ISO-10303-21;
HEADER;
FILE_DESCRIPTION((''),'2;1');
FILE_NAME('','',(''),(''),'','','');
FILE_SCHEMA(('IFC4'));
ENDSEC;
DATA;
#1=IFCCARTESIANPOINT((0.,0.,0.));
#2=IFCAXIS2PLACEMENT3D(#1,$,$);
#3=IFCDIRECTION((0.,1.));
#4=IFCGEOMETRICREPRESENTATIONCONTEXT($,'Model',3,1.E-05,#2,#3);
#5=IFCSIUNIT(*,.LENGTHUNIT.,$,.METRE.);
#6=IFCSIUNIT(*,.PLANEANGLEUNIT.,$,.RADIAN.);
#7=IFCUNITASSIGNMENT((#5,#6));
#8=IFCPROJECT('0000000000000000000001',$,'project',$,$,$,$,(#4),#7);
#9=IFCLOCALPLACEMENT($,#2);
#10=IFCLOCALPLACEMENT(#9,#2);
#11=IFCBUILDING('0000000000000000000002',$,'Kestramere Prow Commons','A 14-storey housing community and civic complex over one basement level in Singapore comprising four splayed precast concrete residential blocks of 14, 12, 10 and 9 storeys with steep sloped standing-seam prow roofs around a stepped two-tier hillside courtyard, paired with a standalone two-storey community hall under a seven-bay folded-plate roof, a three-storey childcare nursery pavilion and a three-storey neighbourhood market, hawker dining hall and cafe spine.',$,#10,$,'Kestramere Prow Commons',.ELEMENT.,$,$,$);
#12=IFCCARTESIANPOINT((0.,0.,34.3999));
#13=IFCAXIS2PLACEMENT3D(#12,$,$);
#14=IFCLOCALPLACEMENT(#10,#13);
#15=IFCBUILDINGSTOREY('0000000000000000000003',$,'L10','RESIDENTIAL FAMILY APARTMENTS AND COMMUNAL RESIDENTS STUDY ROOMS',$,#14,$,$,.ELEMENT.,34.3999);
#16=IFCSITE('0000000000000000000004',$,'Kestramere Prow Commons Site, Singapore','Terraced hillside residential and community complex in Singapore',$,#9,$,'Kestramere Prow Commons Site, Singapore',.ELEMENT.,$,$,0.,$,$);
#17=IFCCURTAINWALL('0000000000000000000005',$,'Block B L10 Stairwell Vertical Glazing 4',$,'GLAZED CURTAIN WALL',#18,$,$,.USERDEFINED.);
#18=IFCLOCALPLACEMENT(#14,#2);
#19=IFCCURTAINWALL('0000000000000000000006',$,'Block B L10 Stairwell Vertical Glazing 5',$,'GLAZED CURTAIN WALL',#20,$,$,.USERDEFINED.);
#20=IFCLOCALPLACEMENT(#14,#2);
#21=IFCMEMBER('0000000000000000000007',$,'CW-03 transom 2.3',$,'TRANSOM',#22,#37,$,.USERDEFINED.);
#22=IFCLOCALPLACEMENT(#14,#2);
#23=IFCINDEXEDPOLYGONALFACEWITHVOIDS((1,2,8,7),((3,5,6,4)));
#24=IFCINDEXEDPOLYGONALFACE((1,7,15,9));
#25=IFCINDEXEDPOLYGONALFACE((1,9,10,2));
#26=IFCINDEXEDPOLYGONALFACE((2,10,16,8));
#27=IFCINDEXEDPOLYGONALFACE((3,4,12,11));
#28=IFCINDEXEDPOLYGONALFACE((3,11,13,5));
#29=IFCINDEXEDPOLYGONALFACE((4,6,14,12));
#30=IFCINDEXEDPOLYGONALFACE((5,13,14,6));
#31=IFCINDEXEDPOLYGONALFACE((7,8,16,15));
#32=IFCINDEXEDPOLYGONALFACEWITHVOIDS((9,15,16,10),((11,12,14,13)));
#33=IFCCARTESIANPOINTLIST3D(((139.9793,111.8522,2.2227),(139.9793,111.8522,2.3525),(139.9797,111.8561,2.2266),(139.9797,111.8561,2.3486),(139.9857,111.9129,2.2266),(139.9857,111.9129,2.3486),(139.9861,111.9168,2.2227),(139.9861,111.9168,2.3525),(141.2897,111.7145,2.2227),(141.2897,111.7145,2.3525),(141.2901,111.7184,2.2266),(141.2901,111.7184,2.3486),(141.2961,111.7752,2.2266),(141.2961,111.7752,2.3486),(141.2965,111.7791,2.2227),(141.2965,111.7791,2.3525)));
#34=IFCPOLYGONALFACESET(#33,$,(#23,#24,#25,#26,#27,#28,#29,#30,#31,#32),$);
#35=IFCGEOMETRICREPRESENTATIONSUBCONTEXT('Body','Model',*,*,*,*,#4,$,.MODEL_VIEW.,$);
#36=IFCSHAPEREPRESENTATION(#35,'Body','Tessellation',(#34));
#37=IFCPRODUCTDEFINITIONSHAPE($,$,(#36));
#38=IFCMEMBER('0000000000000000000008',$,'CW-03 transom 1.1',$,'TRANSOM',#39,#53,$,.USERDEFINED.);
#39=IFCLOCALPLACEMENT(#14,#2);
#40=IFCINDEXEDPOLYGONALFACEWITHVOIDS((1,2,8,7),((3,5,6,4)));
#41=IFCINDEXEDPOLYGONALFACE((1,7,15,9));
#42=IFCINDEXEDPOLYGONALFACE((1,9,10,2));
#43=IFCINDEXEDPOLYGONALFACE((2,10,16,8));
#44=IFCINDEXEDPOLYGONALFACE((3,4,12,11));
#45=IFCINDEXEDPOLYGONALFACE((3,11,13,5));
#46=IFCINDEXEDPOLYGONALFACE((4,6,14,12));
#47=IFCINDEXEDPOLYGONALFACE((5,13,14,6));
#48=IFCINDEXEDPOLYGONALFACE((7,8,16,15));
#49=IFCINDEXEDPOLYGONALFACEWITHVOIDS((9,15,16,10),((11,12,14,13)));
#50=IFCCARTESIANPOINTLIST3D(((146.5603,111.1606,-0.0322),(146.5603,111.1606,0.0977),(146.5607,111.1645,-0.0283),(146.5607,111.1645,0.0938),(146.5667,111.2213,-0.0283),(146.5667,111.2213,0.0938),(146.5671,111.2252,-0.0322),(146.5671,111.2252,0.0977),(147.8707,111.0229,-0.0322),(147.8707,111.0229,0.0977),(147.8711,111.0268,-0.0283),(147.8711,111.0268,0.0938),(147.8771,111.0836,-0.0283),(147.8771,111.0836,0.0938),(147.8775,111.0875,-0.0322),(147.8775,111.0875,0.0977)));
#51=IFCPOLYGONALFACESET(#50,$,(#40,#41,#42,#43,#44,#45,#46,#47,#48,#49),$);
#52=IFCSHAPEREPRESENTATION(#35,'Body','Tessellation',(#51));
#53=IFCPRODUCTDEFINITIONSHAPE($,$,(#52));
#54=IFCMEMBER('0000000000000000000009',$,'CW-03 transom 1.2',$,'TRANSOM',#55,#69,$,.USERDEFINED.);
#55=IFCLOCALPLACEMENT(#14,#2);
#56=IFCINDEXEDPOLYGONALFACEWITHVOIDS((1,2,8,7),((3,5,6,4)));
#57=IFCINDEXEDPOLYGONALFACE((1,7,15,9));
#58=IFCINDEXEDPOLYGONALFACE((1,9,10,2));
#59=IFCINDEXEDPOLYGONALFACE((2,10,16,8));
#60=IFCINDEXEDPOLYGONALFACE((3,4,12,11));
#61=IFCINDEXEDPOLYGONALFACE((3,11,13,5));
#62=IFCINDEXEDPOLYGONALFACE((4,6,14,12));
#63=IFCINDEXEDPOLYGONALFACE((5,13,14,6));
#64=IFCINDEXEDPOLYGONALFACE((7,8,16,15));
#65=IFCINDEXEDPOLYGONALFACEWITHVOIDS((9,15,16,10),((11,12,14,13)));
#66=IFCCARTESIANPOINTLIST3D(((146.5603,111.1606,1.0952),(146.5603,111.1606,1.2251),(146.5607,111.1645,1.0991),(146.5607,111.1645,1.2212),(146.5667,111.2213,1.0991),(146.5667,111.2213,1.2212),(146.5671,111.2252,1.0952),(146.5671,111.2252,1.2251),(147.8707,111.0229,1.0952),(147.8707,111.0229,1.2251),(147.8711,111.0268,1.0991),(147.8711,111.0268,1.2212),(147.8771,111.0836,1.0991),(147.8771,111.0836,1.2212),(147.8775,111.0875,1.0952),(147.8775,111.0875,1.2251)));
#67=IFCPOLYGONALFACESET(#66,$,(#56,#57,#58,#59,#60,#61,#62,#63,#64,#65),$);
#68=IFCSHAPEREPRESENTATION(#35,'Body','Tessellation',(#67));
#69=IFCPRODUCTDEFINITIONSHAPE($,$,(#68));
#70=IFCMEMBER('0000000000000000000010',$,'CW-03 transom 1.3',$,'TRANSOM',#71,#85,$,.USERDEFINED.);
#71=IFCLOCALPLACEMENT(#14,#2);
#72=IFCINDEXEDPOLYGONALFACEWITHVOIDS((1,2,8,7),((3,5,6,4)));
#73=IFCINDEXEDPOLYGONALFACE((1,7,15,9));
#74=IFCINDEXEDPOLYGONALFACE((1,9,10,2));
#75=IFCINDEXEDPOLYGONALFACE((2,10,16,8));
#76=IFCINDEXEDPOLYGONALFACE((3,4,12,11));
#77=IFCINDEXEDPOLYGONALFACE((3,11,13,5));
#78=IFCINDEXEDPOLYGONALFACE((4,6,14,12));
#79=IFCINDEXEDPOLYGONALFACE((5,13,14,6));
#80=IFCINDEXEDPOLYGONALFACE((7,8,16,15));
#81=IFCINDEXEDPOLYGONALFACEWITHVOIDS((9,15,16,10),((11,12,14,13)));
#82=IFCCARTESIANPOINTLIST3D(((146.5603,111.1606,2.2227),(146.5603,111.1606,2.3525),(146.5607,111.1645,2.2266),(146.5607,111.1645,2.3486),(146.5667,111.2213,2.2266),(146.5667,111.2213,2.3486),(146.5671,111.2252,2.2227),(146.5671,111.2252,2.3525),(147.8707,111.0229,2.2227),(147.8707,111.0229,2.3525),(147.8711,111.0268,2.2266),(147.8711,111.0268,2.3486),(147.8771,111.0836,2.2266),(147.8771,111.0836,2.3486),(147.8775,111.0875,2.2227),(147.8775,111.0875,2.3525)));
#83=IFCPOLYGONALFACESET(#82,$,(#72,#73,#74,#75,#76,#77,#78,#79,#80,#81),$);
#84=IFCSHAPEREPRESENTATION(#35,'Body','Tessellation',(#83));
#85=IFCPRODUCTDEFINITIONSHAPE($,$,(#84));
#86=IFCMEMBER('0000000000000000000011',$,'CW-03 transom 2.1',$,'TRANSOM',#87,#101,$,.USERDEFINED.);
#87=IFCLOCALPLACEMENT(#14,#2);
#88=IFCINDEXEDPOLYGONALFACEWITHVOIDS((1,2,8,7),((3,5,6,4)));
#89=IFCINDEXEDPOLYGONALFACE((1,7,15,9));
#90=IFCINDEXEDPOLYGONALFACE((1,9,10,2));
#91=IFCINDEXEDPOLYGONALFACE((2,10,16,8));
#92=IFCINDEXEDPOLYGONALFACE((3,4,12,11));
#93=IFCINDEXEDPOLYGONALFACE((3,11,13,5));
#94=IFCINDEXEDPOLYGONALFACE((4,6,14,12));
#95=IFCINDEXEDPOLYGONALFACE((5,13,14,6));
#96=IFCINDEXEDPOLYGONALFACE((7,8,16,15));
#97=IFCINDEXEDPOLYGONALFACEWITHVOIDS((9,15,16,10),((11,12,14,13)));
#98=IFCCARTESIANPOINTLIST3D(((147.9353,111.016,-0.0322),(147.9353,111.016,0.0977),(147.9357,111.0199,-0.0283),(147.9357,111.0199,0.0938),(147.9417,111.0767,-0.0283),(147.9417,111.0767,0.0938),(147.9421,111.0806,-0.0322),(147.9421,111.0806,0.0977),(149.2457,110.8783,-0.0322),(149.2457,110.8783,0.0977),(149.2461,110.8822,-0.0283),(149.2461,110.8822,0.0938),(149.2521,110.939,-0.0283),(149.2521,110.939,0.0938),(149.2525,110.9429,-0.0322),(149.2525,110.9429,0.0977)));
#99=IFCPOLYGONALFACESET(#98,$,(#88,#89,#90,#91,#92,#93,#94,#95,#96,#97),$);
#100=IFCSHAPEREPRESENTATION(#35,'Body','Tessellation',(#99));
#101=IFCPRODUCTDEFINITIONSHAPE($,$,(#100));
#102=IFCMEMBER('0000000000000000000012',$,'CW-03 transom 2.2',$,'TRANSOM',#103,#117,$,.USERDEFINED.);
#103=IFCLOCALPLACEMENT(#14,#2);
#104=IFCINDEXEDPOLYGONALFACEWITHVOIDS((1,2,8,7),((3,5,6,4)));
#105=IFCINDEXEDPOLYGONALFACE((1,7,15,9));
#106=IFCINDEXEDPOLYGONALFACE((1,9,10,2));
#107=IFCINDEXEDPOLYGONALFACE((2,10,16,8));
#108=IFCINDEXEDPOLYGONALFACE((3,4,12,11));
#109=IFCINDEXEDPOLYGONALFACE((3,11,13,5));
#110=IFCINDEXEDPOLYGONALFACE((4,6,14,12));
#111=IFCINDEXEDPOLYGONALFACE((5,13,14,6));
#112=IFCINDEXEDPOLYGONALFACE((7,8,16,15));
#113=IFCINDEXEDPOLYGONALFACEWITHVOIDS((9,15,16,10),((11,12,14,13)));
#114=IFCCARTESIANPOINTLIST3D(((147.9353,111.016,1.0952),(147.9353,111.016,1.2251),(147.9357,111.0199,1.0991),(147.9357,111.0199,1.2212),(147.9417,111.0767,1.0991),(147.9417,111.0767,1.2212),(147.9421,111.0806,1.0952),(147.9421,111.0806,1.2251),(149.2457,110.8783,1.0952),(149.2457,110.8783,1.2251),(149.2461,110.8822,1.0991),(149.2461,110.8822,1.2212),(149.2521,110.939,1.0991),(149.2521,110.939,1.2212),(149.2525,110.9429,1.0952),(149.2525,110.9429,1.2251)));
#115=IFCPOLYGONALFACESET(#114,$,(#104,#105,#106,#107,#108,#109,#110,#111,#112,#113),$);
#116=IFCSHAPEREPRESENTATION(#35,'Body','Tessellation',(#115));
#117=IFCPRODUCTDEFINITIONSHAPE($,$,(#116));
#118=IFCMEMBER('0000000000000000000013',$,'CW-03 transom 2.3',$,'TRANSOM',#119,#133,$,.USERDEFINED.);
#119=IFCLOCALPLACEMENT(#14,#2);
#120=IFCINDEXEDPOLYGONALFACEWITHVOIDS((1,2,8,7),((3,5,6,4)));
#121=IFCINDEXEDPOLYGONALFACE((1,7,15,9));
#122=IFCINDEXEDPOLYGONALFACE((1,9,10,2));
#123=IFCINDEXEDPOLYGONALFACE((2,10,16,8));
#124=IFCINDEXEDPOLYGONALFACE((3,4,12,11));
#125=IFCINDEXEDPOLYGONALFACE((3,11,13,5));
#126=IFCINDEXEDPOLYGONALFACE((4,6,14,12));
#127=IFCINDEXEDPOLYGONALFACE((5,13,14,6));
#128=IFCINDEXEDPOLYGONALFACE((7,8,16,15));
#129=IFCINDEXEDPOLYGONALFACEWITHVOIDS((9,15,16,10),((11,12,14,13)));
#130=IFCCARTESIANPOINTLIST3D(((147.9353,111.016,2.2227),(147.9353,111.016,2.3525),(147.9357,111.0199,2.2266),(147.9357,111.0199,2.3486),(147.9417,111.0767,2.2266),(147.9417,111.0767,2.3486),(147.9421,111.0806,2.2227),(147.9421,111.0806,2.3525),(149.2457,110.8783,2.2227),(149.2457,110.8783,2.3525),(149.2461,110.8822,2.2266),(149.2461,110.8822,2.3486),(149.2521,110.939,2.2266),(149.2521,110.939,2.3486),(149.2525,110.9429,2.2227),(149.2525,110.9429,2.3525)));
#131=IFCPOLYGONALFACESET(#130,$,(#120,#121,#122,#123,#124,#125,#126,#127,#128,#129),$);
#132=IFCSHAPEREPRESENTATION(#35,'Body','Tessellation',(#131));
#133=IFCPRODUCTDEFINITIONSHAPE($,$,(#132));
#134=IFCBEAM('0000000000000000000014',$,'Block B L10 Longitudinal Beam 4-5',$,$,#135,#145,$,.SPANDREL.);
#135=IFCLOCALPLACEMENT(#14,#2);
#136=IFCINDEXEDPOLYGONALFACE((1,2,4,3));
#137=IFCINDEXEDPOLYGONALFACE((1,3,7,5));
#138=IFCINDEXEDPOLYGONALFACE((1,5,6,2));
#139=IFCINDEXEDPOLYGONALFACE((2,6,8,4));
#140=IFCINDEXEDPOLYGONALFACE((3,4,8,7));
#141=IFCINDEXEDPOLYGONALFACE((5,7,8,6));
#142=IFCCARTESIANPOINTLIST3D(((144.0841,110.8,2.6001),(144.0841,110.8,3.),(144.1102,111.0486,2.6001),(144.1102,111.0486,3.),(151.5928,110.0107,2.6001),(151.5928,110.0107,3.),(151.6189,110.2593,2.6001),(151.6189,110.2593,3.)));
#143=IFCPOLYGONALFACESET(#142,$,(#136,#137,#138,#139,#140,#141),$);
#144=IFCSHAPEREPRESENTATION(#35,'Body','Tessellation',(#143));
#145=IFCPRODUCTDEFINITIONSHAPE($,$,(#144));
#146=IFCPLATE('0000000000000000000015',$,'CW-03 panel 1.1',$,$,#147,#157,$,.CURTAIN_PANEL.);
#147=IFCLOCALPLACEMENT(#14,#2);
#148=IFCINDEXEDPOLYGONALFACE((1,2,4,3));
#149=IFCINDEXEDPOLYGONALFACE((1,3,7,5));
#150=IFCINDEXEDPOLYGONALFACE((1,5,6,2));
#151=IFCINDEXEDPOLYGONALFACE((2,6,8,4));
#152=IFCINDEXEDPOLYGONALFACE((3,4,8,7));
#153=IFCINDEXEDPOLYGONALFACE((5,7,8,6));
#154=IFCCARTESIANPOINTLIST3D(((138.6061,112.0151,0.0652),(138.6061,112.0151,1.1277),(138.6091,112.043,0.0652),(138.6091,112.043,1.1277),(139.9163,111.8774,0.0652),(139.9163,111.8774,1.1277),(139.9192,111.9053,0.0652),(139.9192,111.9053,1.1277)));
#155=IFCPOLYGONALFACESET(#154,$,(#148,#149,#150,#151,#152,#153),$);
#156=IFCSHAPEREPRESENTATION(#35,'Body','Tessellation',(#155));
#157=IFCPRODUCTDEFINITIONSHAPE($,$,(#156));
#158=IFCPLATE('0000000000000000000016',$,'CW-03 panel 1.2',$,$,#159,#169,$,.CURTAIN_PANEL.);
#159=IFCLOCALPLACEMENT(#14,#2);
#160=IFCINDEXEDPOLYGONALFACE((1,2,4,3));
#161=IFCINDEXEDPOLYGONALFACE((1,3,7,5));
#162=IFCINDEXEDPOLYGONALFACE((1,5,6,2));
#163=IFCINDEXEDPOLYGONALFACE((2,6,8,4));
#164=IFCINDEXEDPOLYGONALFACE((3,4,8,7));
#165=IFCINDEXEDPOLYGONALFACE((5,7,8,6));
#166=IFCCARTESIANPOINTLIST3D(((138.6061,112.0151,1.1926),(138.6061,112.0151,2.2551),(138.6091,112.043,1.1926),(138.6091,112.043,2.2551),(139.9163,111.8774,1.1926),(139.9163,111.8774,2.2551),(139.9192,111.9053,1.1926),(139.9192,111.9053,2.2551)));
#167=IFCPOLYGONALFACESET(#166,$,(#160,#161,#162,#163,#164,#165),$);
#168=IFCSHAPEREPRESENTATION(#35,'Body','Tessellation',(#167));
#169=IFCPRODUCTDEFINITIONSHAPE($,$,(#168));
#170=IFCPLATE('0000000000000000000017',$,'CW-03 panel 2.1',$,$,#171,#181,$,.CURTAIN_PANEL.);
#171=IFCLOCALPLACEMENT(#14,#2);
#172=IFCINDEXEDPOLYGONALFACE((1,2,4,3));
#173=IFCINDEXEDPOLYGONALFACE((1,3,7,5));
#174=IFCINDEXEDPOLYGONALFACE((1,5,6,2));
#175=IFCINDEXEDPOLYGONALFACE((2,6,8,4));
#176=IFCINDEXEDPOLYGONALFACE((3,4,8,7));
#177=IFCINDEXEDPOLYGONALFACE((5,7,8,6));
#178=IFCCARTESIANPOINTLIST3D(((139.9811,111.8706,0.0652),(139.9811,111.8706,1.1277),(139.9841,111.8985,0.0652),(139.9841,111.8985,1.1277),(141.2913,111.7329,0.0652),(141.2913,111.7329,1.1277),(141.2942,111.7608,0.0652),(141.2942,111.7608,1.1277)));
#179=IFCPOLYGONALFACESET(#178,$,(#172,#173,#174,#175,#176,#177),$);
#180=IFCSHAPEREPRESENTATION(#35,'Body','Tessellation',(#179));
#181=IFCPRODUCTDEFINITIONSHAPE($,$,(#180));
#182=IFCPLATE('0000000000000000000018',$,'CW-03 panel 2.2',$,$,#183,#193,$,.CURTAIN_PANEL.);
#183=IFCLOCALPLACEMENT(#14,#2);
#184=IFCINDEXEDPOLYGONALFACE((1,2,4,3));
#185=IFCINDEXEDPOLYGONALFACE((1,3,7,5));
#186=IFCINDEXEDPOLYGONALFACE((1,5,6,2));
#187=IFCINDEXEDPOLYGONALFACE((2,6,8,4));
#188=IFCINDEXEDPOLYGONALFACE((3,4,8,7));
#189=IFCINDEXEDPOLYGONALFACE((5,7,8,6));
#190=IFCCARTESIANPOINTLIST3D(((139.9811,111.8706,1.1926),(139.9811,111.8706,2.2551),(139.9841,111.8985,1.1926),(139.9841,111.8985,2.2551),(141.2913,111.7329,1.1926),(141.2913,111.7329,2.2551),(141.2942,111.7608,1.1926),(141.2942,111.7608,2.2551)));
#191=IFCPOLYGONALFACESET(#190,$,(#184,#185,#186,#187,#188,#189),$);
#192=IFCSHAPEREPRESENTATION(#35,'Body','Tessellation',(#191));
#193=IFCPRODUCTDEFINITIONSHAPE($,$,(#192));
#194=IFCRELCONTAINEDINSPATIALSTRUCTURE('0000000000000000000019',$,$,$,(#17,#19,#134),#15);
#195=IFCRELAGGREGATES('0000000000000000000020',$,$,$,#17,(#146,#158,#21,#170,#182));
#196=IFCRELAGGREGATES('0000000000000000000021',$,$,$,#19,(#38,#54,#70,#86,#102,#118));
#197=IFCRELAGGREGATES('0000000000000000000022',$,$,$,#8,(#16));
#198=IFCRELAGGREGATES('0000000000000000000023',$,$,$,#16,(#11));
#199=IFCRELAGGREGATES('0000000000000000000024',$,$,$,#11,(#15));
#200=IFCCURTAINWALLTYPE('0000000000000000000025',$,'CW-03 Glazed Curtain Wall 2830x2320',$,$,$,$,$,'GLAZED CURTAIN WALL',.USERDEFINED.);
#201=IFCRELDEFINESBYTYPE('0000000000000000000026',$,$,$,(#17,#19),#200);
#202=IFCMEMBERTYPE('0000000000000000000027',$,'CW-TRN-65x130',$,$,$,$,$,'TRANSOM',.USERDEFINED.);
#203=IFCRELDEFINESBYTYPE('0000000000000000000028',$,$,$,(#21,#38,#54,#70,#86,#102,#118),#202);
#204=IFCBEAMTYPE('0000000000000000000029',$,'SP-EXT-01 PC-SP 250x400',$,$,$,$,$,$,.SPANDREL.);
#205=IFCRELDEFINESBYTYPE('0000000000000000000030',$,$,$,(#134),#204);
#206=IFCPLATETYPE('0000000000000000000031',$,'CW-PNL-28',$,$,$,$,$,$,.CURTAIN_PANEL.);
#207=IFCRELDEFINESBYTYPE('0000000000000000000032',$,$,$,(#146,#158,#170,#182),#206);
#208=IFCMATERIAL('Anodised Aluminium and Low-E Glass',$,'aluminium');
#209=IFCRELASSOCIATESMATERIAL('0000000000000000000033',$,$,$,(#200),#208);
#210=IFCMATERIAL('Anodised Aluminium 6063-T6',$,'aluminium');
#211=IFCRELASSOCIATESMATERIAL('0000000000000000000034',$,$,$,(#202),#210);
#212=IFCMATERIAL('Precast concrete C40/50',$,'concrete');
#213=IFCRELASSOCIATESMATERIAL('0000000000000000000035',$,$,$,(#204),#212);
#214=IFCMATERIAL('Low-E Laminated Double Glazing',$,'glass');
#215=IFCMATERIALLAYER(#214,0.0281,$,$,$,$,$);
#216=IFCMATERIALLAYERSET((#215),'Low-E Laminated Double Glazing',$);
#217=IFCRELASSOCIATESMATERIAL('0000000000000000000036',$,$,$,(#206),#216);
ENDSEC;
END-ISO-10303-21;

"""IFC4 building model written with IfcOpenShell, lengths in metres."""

from ifc_helpers import new_model, si_unit, direction, frame, origin, origin_2d, place, context, subcontext, project, spatial, rectangle, hollow_rectangle, extrude, material, layer, layer_set, material_profile, profile_set, type_object, element, aggregate, save


model = new_model("IFC4")

# Units and contexts
model_context = context("Model", 3, precision=1e-05, world=origin(), true_north=direction((0.0, 1.0)))
body_context = subcontext(model_context, "Body", "Model", "MODEL_VIEW")
ifc_project = project(units=[si_unit("LENGTHUNIT", "METRE"), si_unit("PLANEANGLEUNIT", "RADIAN")], contexts=[model_context])

# Site, building, storey
site_placement = place(None, origin())
site = spatial("IfcSite", under=ifc_project, at=site_placement, Name="Kestramere Prow Commons Site, Singapore", Description="Terraced hillside residential and community complex in Singapore", LongName="Kestramere Prow Commons Site, Singapore", CompositionType="ELEMENT", RefElevation=0.0)
building_placement = place(site_placement, origin())
building = spatial("IfcBuilding", under=site, at=building_placement, Name="Kestramere Prow Commons", Description="A 14-storey housing community and civic complex over one basement level in Singapore comprising four splayed precast concrete residential blocks of 14, 12, 10 and 9 storeys with steep sloped standing-seam prow roofs around a stepped two-tier hillside courtyard, paired with a standalone two-storey community hall under a seven-bay folded-plate roof, a three-storey childcare nursery pavilion and a three-storey neighbourhood market, hawker dining hall and cafe spine.", LongName="Kestramere Prow Commons", CompositionType="ELEMENT")
storey_placement = place(building_placement, frame((0.0, 0.0, 34.3999)))
storey = spatial("IfcBuildingStorey", under=building, at=storey_placement, Name="L10", Description="RESIDENTIAL FAMILY APARTMENTS AND COMMUNAL RESIDENTS STUDY ROOMS", CompositionType="ELEMENT", Elevation=34.3999)

# Shared definitions
ifc_material_1 = material(Name="Precast concrete C40/50", Category="concrete")

# Curtain walls
ifc_material_2 = material(Name="Anodised Aluminium and Low-E Glass", Category="aluminium")
curtain_wall_type = type_object("IfcCurtainWallType", Name="CW-03 Glazed Curtain Wall 2830x2320", ElementType="GLAZED CURTAIN WALL", PredefinedType="USERDEFINED", material=ifc_material_2)
curtain_wall_1_placement = place(storey_placement, origin())
curtain_wall_1 = element("IfcCurtainWall", 1, at=curtain_wall_1_placement, inside=storey, type_object=curtain_wall_type, Name="Block B L10 Stairwell Vertical Glazing 4", ObjectType="GLAZED CURTAIN WALL", PredefinedType="USERDEFINED")
ifc_material_3 = material(Name="Anodised Aluminium 6063-T6", Category="aluminium")
curtain_wall_2_placement = place(storey_placement, origin())
curtain_wall_2 = element("IfcCurtainWall", 2, at=curtain_wall_2_placement, inside=storey, type_object=curtain_wall_type, Name="Block B L10 Stairwell Vertical Glazing 5", ObjectType="GLAZED CURTAIN WALL", PredefinedType="USERDEFINED")

# Members
ifc_material_profile_1 = material_profile(ifc_material_3, hollow_rectangle(XDim=0.0649, YDim=0.1299, WallThickness=0.0039, at=origin_2d()), Name="ALU-TRN 65x130")
ifc_profile_set_1 = profile_set([ifc_material_profile_1], Name="Anodised Aluminium 6063-T6")
member_type_1 = type_object("IfcMemberType", Name="CW-TRN-65x130", ElementType="TRANSOM", PredefinedType="USERDEFINED", material=ifc_profile_set_1)
member_1_placement = place(storey_placement, frame((139.9827, 111.8845, 2.2876), z_axis=(0.994524, -0.104511, 0.0), x_axis=(0.104511, 0.994524, 0.0)))
member_1 = element("IfcMember", 3, at=member_1_placement, type_object=member_type_1, Name="CW-03 transom 2.3", ObjectType="TRANSOM", PredefinedType="USERDEFINED", context=body_context, shape_type="SweptSolid", body=[
    extrude(hollow_rectangle(XDim=0.0649, YDim=0.1299, WallThickness=0.0039, at=origin_2d()), origin(), (0.0, 0.0, 1.0), 1.3176),
])
member_2_placement = place(storey_placement, frame((146.5637, 111.1929, 0.0327), z_axis=(0.994524, -0.104511, 0.0), x_axis=(0.104511, 0.994524, 0.0)))
member_2 = element("IfcMember", 4, at=member_2_placement, type_object=member_type_1, Name="CW-03 transom 1.1", ObjectType="TRANSOM", PredefinedType="USERDEFINED", context=body_context, shape_type="SweptSolid", body=[
    extrude(hollow_rectangle(XDim=0.0649, YDim=0.1299, WallThickness=0.0039, at=origin_2d()), origin(), (0.0, 0.0, 1.0), 1.3176),
])
member_3_placement = place(storey_placement, frame((146.5637, 111.1929, 1.1602), z_axis=(0.994524, -0.104511, 0.0), x_axis=(0.104511, 0.994524, 0.0)))
member_3 = element("IfcMember", 5, at=member_3_placement, type_object=member_type_1, Name="CW-03 transom 1.2", ObjectType="TRANSOM", PredefinedType="USERDEFINED", context=body_context, shape_type="SweptSolid", body=[
    extrude(hollow_rectangle(XDim=0.0649, YDim=0.1299, WallThickness=0.0039, at=origin_2d()), origin(), (0.0, 0.0, 1.0), 1.3176),
])
member_4_placement = place(storey_placement, frame((146.5637, 111.1929, 2.2876), z_axis=(0.994524, -0.104511, 0.0), x_axis=(0.104511, 0.994524, 0.0)))
member_4 = element("IfcMember", 6, at=member_4_placement, type_object=member_type_1, Name="CW-03 transom 1.3", ObjectType="TRANSOM", PredefinedType="USERDEFINED", context=body_context, shape_type="SweptSolid", body=[
    extrude(hollow_rectangle(XDim=0.0649, YDim=0.1299, WallThickness=0.0039, at=origin_2d()), origin(), (0.0, 0.0, 1.0), 1.3176),
])
member_5_placement = place(storey_placement, frame((147.9387, 111.0483, 0.0327), z_axis=(0.994524, -0.104511, 0.0), x_axis=(0.104511, 0.994524, 0.0)))
member_5 = element("IfcMember", 7, at=member_5_placement, type_object=member_type_1, Name="CW-03 transom 2.1", ObjectType="TRANSOM", PredefinedType="USERDEFINED", context=body_context, shape_type="SweptSolid", body=[
    extrude(hollow_rectangle(XDim=0.0649, YDim=0.1299, WallThickness=0.0039, at=origin_2d()), origin(), (0.0, 0.0, 1.0), 1.3176),
])
member_6_placement = place(storey_placement, frame((147.9387, 111.0483, 1.1602), z_axis=(0.994524, -0.104511, 0.0), x_axis=(0.104511, 0.994524, 0.0)))
member_6 = element("IfcMember", 8, at=member_6_placement, type_object=member_type_1, Name="CW-03 transom 2.2", ObjectType="TRANSOM", PredefinedType="USERDEFINED", context=body_context, shape_type="SweptSolid", body=[
    extrude(hollow_rectangle(XDim=0.0649, YDim=0.1299, WallThickness=0.0039, at=origin_2d()), origin(), (0.0, 0.0, 1.0), 1.3176),
])
member_7_placement = place(storey_placement, frame((147.9387, 111.0483, 2.2876), z_axis=(0.994524, -0.104511, 0.0), x_axis=(0.104511, 0.994524, 0.0)))
member_7 = element("IfcMember", 9, at=member_7_placement, type_object=member_type_1, Name="CW-03 transom 2.3", ObjectType="TRANSOM", PredefinedType="USERDEFINED", context=body_context, shape_type="SweptSolid", body=[
    extrude(hollow_rectangle(XDim=0.0649, YDim=0.1299, WallThickness=0.0039, at=origin_2d()), origin(), (0.0, 0.0, 1.0), 1.3176),
])

# Beam
ifc_material_profile_2 = material_profile(ifc_material_1, rectangle(XDim=0.25, YDim=0.3999, at=origin_2d()), Name="PC-SP 250x400")
ifc_profile_set_2 = profile_set([ifc_material_profile_2], Name="Precast concrete C40/50")
beam_type = type_object("IfcBeamType", Name="SP-EXT-01 PC-SP 250x400", PredefinedType="SPANDREL", material=ifc_profile_set_2)
beam_placement = place(storey_placement, frame((144.0972, 110.9243, 2.8), z_axis=(0.994521, -0.104542, 0.0), x_axis=(0.104542, 0.994521, 0.0)))
element("IfcBeam", 10, at=beam_placement, inside=storey, type_object=beam_type, Name="Block B L10 Longitudinal Beam 4-5", PredefinedType="SPANDREL", context=body_context, shape_type="SweptSolid", body=[
    extrude(rectangle(XDim=0.25, YDim=0.3999, at=origin_2d()), origin(), (0.0, 0.0, 1.0), 7.55),
])

# Plates
ifc_material_4 = material(Name="Low-E Laminated Double Glazing", Category="glass")
ifc_layer_1 = layer(ifc_material_4, 0.0281)
ifc_layer_set_1 = layer_set([ifc_layer_1], Name="Low-E Laminated Double Glazing")
plate_type = type_object("IfcPlateType", Name="CW-PNL-28", PredefinedType="CURTAIN_PANEL", material=ifc_layer_set_1)
plate_1_placement = place(storey_placement, frame((139.2627, 111.9602, 0.0652), z_axis=(0.0, 0.0, 1.0), x_axis=(0.994522, -0.104529, 0.0)))
plate_1 = element("IfcPlate", 11, at=plate_1_placement, type_object=plate_type, Name="CW-03 panel 1.1", PredefinedType="CURTAIN_PANEL", context=body_context, shape_type="SweptSolid", body=[
    extrude(rectangle(XDim=1.3174, YDim=0.0281, at=origin_2d()), origin(), (0.0, 0.0, 1.0), 1.0625),
])
plate_2_placement = place(storey_placement, frame((139.2627, 111.9602, 1.1926), z_axis=(0.0, 0.0, 1.0), x_axis=(0.994522, -0.104529, 0.0)))
plate_2 = element("IfcPlate", 12, at=plate_2_placement, type_object=plate_type, Name="CW-03 panel 1.2", PredefinedType="CURTAIN_PANEL", context=body_context, shape_type="SweptSolid", body=[
    extrude(rectangle(XDim=1.3174, YDim=0.0281, at=origin_2d()), origin(), (0.0, 0.0, 1.0), 1.0625),
])
plate_3_placement = place(storey_placement, frame((140.6377, 111.8157, 0.0652), z_axis=(0.0, 0.0, 1.0), x_axis=(0.994522, -0.104529, 0.0)))
plate_3 = element("IfcPlate", 13, at=plate_3_placement, type_object=plate_type, Name="CW-03 panel 2.1", PredefinedType="CURTAIN_PANEL", context=body_context, shape_type="SweptSolid", body=[
    extrude(rectangle(XDim=1.3174, YDim=0.0281, at=origin_2d()), origin(), (0.0, 0.0, 1.0), 1.0625),
])
plate_4_placement = place(storey_placement, frame((140.6377, 111.8157, 1.1926), z_axis=(0.0, 0.0, 1.0), x_axis=(0.994522, -0.104529, 0.0)))
plate_4 = element("IfcPlate", 14, at=plate_4_placement, type_object=plate_type, Name="CW-03 panel 2.2", PredefinedType="CURTAIN_PANEL", context=body_context, shape_type="SweptSolid", body=[
    extrude(rectangle(XDim=1.3174, YDim=0.0281, at=origin_2d()), origin(), (0.0, 0.0, 1.0), 1.0625),
])
aggregate(curtain_wall_1, [plate_1, plate_2, member_1, plate_3, plate_4])
aggregate(curtain_wall_2, [member_2, member_3, member_4, member_5, member_6, member_7])

save(model, "model.ifc")
